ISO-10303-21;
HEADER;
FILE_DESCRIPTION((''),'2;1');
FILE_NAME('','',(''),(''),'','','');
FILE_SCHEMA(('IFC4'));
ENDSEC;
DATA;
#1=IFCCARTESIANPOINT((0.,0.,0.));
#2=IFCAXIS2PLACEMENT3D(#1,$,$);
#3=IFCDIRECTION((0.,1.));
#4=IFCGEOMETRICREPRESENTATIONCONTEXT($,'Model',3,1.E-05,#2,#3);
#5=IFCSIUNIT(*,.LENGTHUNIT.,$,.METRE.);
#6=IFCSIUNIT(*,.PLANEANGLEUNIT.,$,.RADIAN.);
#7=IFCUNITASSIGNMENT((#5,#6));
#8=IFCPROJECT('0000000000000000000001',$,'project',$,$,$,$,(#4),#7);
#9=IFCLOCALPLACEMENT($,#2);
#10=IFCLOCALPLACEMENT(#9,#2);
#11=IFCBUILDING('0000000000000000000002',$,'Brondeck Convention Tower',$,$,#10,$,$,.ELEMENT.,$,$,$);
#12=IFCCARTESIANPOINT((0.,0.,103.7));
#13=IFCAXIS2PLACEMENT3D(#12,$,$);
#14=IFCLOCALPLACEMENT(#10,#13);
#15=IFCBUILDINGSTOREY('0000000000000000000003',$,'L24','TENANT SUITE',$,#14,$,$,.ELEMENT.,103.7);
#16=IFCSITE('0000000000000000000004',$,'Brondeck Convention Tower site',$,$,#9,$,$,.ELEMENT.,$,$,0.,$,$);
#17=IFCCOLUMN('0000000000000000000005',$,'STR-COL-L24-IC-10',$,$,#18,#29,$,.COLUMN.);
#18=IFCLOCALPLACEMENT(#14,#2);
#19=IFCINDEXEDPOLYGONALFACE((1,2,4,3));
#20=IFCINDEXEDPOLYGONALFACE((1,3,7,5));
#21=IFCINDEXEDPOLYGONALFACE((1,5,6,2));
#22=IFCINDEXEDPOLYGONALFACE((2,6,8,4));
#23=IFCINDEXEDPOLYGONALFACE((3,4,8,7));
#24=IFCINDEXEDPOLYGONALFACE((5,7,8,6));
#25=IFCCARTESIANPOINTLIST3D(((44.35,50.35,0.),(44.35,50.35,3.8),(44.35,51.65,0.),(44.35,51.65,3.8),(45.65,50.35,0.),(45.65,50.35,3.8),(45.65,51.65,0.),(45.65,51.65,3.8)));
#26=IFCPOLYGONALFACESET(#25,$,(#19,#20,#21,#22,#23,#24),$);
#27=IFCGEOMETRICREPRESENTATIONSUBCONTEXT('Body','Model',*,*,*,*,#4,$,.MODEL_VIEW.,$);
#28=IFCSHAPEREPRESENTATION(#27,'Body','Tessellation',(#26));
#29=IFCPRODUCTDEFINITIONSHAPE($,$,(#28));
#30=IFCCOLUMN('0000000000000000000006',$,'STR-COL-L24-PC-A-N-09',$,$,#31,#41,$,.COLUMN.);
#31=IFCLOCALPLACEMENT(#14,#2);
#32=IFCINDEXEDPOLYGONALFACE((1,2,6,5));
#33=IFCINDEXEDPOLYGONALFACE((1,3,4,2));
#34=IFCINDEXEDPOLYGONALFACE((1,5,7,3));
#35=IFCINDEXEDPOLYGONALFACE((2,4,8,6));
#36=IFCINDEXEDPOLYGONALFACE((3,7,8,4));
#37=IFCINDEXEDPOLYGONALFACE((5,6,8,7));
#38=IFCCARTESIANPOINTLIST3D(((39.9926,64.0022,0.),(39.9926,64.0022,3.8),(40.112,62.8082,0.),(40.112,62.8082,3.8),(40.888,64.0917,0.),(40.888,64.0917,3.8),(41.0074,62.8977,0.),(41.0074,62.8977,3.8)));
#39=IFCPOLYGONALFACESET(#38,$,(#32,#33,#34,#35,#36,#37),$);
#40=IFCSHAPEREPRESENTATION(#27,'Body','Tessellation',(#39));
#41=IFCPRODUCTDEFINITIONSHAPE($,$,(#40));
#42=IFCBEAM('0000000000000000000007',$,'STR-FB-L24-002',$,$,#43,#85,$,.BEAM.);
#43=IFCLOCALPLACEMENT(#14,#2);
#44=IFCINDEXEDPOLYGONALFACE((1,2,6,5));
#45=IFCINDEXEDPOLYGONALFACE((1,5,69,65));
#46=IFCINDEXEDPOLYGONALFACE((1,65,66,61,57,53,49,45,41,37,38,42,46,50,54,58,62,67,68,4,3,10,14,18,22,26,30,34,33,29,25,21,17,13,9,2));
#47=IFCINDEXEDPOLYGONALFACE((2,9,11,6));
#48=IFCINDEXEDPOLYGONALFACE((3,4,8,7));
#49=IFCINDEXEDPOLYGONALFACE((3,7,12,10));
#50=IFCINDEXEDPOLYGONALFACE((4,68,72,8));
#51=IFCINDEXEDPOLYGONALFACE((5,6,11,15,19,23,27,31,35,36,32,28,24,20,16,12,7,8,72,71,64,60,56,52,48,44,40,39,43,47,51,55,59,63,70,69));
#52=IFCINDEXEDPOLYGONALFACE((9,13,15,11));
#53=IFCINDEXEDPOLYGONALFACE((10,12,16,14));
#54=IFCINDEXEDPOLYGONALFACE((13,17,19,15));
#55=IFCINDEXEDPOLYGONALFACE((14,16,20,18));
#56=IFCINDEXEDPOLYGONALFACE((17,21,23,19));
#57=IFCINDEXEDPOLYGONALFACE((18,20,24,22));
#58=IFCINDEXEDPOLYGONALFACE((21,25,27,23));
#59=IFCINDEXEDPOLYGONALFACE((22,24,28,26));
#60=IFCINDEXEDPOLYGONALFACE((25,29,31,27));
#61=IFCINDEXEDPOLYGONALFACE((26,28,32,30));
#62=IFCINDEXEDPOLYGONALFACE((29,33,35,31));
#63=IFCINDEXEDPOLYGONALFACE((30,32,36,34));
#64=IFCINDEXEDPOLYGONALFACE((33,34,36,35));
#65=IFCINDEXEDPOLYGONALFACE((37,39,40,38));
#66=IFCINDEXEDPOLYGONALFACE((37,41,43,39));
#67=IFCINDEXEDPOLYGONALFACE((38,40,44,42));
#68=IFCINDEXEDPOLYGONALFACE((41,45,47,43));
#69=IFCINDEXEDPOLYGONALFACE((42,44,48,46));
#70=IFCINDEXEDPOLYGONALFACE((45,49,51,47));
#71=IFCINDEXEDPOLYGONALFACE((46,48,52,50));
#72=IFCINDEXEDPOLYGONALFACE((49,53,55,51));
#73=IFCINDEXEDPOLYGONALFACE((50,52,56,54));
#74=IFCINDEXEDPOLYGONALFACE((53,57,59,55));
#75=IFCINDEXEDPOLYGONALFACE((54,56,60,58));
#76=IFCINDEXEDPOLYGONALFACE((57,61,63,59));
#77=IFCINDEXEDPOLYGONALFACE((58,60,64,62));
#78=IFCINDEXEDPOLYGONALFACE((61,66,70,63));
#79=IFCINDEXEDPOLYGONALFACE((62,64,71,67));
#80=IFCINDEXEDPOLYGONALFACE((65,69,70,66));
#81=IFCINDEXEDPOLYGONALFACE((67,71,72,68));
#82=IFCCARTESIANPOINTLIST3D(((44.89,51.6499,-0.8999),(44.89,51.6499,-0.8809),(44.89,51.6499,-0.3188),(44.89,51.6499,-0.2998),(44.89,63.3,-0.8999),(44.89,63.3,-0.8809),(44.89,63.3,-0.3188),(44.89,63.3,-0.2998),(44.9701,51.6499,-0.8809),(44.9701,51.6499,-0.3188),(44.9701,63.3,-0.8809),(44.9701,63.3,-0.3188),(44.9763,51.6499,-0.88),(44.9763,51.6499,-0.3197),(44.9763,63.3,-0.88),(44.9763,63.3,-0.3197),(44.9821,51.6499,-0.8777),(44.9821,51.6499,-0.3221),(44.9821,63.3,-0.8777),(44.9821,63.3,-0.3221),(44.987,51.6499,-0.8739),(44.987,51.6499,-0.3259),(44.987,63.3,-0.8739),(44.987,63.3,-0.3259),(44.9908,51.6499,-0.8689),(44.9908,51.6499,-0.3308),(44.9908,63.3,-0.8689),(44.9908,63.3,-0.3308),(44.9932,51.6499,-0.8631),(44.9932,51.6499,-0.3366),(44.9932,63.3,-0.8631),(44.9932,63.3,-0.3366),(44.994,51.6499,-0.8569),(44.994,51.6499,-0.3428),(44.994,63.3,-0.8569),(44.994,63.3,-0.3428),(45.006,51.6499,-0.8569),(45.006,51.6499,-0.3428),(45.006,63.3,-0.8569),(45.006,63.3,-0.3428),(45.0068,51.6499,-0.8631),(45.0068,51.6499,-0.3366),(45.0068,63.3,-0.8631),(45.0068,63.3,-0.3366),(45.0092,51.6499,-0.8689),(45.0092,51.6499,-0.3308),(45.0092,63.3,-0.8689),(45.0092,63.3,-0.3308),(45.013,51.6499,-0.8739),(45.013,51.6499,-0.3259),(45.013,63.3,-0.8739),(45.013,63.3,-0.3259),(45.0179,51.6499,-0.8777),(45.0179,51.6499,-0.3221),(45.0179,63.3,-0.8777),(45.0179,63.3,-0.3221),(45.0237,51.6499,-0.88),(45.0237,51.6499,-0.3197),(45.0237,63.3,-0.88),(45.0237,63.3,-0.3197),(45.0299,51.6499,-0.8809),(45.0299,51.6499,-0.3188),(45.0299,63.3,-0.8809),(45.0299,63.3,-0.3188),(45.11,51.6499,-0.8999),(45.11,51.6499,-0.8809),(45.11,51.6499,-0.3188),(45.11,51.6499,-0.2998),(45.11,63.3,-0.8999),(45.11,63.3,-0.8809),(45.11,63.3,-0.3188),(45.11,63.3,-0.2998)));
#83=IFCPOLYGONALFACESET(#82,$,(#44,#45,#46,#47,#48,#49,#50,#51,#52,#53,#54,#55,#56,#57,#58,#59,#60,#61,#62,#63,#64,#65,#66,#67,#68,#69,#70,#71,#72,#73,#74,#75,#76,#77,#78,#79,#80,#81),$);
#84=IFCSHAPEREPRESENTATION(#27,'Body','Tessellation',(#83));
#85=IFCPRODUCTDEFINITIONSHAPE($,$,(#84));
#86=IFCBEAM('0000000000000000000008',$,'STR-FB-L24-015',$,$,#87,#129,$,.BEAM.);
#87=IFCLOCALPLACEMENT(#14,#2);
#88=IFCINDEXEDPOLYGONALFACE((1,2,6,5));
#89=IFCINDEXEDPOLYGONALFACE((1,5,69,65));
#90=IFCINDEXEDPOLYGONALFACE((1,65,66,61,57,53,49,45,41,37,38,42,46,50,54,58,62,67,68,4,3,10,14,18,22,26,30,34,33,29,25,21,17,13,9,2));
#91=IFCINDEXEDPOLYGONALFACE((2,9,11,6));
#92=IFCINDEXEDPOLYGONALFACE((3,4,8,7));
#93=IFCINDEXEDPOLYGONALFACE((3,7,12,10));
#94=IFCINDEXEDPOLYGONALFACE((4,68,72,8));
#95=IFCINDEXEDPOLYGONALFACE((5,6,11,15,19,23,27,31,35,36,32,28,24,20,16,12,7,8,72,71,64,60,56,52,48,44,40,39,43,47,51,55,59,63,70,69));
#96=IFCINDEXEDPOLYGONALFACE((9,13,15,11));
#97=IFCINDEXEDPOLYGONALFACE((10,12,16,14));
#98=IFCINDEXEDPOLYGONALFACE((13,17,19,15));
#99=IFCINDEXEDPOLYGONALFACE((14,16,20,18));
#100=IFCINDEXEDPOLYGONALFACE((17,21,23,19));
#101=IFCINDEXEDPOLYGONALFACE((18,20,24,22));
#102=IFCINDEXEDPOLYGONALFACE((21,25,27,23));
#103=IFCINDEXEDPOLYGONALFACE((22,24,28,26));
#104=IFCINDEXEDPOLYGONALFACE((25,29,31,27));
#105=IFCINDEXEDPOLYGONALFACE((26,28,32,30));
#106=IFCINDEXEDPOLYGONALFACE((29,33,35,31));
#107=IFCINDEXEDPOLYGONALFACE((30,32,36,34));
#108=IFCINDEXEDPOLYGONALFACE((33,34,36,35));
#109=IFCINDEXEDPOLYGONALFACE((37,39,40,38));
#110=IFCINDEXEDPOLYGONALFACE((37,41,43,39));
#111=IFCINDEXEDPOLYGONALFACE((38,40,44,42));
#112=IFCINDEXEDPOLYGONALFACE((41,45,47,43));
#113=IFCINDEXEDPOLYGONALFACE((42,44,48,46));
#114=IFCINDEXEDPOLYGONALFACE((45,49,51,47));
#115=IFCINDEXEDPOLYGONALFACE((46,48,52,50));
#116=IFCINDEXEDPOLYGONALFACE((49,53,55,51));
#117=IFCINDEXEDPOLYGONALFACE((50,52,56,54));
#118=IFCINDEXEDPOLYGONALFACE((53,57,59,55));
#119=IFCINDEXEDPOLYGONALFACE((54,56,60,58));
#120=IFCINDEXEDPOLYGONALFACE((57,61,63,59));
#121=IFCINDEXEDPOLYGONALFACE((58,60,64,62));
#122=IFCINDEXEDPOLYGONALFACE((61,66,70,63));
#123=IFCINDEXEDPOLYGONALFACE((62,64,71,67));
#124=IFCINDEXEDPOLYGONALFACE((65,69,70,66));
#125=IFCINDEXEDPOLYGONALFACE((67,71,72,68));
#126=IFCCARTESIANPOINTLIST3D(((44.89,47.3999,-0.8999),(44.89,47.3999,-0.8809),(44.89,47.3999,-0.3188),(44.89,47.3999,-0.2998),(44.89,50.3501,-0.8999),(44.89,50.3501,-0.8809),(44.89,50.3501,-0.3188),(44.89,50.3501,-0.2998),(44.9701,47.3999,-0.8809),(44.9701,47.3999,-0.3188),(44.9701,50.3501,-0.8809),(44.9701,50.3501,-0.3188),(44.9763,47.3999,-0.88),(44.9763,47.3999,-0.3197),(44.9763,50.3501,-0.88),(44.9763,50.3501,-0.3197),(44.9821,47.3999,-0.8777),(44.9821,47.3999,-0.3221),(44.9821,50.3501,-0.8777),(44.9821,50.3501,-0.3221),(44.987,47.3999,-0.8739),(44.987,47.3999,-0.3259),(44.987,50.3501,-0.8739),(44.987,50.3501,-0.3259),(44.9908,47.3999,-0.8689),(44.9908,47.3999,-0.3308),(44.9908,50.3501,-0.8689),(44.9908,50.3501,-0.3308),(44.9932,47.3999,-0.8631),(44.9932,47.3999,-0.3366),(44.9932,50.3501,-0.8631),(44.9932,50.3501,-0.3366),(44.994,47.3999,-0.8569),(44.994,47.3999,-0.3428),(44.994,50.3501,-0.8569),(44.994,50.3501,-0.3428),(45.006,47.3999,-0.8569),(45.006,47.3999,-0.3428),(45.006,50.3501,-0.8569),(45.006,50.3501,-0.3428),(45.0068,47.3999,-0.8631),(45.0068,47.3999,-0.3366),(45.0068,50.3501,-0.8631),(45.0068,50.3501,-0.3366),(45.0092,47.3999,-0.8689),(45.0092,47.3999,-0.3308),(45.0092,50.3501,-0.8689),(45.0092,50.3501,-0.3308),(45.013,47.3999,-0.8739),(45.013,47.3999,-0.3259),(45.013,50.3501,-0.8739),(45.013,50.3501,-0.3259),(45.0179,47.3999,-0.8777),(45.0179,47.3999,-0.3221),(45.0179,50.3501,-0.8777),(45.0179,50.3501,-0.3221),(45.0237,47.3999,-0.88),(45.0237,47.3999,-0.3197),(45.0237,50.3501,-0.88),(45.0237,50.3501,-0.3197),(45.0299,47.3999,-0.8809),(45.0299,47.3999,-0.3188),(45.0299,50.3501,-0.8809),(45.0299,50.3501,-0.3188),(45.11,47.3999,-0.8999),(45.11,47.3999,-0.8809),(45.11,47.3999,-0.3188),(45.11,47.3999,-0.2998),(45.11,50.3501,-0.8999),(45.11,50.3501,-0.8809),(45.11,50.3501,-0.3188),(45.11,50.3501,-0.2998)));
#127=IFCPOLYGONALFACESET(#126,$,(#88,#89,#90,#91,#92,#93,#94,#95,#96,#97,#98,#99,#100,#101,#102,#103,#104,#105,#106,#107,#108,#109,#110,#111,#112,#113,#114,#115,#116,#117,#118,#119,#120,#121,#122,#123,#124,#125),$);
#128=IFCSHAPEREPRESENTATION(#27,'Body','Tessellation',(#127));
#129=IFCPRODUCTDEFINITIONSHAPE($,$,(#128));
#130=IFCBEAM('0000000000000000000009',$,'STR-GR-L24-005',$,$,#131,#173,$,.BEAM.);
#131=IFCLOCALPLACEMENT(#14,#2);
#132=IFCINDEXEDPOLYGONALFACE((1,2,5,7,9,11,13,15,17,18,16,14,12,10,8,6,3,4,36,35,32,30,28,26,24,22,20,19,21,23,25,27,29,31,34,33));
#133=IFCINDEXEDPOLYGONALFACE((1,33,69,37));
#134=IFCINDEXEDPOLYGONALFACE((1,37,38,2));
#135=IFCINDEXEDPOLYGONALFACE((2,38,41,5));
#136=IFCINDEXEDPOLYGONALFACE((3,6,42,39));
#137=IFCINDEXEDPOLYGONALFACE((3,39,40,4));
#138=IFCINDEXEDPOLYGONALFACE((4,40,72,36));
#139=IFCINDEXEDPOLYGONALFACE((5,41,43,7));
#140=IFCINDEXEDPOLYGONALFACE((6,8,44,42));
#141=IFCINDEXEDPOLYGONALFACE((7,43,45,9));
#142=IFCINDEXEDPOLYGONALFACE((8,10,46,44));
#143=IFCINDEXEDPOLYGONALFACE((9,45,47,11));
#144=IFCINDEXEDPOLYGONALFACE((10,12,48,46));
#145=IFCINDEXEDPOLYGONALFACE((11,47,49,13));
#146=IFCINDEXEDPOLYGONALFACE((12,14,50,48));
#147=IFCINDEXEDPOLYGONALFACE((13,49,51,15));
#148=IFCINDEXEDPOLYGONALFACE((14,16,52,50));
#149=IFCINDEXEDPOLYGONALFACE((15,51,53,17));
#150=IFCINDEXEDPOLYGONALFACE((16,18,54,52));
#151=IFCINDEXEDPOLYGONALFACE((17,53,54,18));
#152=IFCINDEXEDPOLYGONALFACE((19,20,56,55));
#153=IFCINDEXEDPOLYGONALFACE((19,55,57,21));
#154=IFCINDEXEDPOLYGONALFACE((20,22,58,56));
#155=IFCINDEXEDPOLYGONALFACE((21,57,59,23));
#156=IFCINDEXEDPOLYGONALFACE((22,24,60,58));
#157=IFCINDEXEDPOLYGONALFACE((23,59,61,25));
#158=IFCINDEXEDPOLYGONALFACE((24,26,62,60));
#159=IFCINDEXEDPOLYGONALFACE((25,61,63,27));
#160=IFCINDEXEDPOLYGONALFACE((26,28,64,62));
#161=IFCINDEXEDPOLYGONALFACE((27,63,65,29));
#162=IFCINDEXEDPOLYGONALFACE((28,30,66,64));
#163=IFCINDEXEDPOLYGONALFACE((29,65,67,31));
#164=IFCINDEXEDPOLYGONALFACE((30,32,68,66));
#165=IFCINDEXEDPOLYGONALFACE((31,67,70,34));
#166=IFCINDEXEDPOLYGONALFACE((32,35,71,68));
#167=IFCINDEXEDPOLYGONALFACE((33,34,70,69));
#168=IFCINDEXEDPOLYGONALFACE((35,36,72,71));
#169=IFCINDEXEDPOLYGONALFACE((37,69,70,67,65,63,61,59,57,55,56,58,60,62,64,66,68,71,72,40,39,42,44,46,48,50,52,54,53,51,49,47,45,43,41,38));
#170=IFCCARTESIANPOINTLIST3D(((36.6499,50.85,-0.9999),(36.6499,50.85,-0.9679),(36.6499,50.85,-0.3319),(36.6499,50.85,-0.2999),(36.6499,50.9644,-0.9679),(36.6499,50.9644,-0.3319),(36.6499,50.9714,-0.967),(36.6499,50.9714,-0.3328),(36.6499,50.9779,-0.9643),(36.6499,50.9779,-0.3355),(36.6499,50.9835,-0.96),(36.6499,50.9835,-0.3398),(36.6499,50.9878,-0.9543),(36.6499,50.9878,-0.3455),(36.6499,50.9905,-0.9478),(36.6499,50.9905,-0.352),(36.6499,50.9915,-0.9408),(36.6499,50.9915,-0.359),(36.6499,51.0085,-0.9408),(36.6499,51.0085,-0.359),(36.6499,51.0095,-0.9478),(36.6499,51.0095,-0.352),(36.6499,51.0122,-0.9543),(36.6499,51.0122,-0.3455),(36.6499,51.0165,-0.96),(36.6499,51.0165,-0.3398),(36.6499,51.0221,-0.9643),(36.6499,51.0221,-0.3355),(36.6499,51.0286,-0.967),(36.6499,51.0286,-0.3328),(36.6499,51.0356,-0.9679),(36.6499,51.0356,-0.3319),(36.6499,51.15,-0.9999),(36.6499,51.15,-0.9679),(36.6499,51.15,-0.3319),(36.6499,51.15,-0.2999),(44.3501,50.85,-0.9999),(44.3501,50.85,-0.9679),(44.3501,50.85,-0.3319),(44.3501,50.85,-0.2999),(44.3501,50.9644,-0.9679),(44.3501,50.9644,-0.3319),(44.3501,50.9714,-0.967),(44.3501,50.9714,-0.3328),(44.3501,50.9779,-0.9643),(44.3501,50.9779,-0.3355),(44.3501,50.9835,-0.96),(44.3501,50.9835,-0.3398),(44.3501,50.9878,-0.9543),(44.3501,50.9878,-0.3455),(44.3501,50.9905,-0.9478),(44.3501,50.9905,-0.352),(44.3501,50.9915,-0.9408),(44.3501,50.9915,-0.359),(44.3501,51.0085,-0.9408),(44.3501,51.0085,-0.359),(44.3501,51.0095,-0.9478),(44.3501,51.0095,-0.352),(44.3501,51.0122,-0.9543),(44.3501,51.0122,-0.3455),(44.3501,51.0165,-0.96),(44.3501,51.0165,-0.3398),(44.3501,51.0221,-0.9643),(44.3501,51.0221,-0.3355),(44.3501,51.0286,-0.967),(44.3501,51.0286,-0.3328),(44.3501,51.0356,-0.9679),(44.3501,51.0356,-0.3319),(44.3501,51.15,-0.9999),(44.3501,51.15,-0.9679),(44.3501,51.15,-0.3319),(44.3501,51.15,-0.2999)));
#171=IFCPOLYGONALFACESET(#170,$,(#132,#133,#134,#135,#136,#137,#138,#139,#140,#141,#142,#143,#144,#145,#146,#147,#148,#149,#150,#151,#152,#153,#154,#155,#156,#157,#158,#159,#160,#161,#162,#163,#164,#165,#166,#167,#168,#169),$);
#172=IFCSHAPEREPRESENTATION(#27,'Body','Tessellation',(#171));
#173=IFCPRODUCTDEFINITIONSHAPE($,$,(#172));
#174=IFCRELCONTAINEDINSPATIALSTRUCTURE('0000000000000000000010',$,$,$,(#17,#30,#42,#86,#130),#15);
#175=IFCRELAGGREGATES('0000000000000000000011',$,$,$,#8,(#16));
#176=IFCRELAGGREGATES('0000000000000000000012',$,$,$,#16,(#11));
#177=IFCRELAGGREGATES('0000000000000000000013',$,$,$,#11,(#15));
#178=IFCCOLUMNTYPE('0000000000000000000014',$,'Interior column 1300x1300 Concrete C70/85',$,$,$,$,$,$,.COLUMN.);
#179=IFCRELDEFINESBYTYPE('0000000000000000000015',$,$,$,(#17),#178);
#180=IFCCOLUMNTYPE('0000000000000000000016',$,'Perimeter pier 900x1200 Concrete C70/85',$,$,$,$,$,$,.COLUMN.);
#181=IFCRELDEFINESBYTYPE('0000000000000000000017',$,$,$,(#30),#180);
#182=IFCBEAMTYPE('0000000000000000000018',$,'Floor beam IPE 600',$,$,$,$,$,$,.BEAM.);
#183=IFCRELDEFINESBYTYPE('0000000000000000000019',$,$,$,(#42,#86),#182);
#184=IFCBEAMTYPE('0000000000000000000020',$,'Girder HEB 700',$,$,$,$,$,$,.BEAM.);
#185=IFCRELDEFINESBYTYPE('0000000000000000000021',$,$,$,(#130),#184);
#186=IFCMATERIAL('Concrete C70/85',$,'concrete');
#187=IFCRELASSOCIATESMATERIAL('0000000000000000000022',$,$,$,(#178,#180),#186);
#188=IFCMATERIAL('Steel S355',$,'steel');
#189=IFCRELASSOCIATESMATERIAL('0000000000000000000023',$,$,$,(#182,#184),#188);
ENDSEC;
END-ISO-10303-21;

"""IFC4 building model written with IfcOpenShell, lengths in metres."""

from ifc_helpers import new_model, si_unit, direction, frame, origin, origin_2d, place, context, subcontext, project, spatial, rectangle, i_section, extrude, material, material_profile, profile_set, type_object, element, save


model = new_model("IFC4")

# Units and contexts
model_context = context("Model", 3, precision=1e-05, world=origin(), true_north=direction((0.0, 1.0)))
body_context = subcontext(model_context, "Body", "Model", "MODEL_VIEW")
ifc_project = project(units=[si_unit("LENGTHUNIT", "METRE"), si_unit("PLANEANGLEUNIT", "RADIAN")], contexts=[model_context])

# Site, building, storey
site_placement = place(None, origin())
site = spatial("IfcSite", under=ifc_project, at=site_placement, Name="Brondeck Convention Tower site", CompositionType="ELEMENT", RefElevation=0.0)
building_placement = place(site_placement, origin())
building = spatial("IfcBuilding", under=site, at=building_placement, Name="Brondeck Convention Tower", CompositionType="ELEMENT")
storey_placement = place(building_placement, frame((0.0, 0.0, 103.7)))
storey = spatial("IfcBuildingStorey", under=building, at=storey_placement, Name="L24", Description="TENANT SUITE", CompositionType="ELEMENT", Elevation=103.7)

# Columns
ifc_material_1 = material(Name="Concrete C70/85", Category="concrete")
ifc_material_profile_1 = material_profile(ifc_material_1, rectangle(XDim=1.3, YDim=1.3, at=origin_2d()), Name="Interior column 1300x1300 Concrete C70/85")
ifc_profile_set_1 = profile_set([ifc_material_profile_1], Name="Concrete C70/85")
column_type_1 = type_object("IfcColumnType", Name="Interior column 1300x1300 Concrete C70/85", PredefinedType="COLUMN", material=ifc_profile_set_1)
column_1_placement = place(storey_placement, frame((45.0, 51.0, 0.0), z_axis=(0.0, 0.0, 1.0), x_axis=(1.0, 0.0, 0.0)))
element("IfcColumn", 1, at=column_1_placement, inside=storey, type_object=column_type_1, Name="STR-COL-L24-IC-10", PredefinedType="COLUMN", context=body_context, shape_type="SweptSolid", body=[
    extrude(rectangle(XDim=1.3, YDim=1.3, at=origin_2d()), origin(), (0.0, 0.0, 1.0), 3.8),
])
ifc_material_profile_2 = material_profile(ifc_material_1, rectangle(XDim=0.8999, YDim=1.2, at=origin_2d()), Name="Perimeter pier 900x1200 Concrete C70/85")
ifc_profile_set_2 = profile_set([ifc_material_profile_2], Name="Concrete C70/85")
column_type_2 = type_object("IfcColumnType", Name="Perimeter pier 900x1200 Concrete C70/85", PredefinedType="COLUMN", material=ifc_profile_set_2)
column_2_placement = place(storey_placement, frame((40.5, 63.45, 0.0), z_axis=(0.0, 0.0, 1.0), x_axis=(-0.995037, -0.099504, 0.0)))
element("IfcColumn", 2, at=column_2_placement, inside=storey, type_object=column_type_2, Name="STR-COL-L24-PC-A-N-09", PredefinedType="COLUMN", context=body_context, shape_type="SweptSolid", body=[
    extrude(rectangle(XDim=0.8999, YDim=1.2, at=origin_2d()), origin(), (0.0, 0.0, 1.0), 3.8),
])

# Beams
ifc_material_2 = material(Name="Steel S355", Category="steel")
ifc_material_profile_3 = material_profile(ifc_material_2, i_section(OverallWidth=0.22, OverallDepth=0.6001, WebThickness=0.012, FlangeThickness=0.019, FilletRadius=0.0239, at=origin_2d()), Name="IPE 600")
ifc_profile_set_3 = profile_set([ifc_material_profile_3], Name="Steel S355")
beam_type_1 = type_object("IfcBeamType", Name="Floor beam IPE 600", PredefinedType="BEAM", material=ifc_profile_set_3)
beam_1_placement = place(storey_placement, frame((45.0, 51.6499, -0.5999), z_axis=(0.0, 1.0, 0.0), x_axis=(-1.0, 0.0, 0.0)))
element("IfcBeam", 3, at=beam_1_placement, inside=storey, type_object=beam_type_1, Name="STR-FB-L24-002", PredefinedType="BEAM", context=body_context, shape_type="SweptSolid", body=[
    extrude(i_section(OverallWidth=0.22, OverallDepth=0.6001, WebThickness=0.012, FlangeThickness=0.019, FilletRadius=0.0239, at=origin_2d()), origin(), (0.0, 0.0, 1.0), 11.6501),
])
beam_2_placement = place(storey_placement, frame((45.0, 47.3999, -0.5999), z_axis=(0.0, 1.0, 0.0), x_axis=(-1.0, 0.0, 0.0)))
element("IfcBeam", 4, at=beam_2_placement, inside=storey, type_object=beam_type_1, Name="STR-FB-L24-015", PredefinedType="BEAM", context=body_context, shape_type="SweptSolid", body=[
    extrude(i_section(OverallWidth=0.22, OverallDepth=0.6001, WebThickness=0.012, FlangeThickness=0.019, FilletRadius=0.0239, at=origin_2d()), origin(), (0.0, 0.0, 1.0), 2.9502),
])
ifc_material_profile_4 = material_profile(ifc_material_2, i_section(OverallWidth=0.3, OverallDepth=0.7, WebThickness=0.0171, FlangeThickness=0.032, FilletRadius=0.0271, at=origin_2d()), Name="HEB 700")
ifc_profile_set_4 = profile_set([ifc_material_profile_4], Name="Steel S355")
beam_type_2 = type_object("IfcBeamType", Name="Girder HEB 700", PredefinedType="BEAM", material=ifc_profile_set_4)
beam_3_placement = place(storey_placement, frame((36.6499, 51.0, -0.6499), z_axis=(1.0, 0.0, 0.0), x_axis=(0.0, 1.0, 0.0)))
element("IfcBeam", 5, at=beam_3_placement, inside=storey, type_object=beam_type_2, Name="STR-GR-L24-005", PredefinedType="BEAM", context=body_context, shape_type="SweptSolid", body=[
    extrude(i_section(OverallWidth=0.3, OverallDepth=0.7, WebThickness=0.0171, FlangeThickness=0.032, FilletRadius=0.0271, at=origin_2d()), origin(), (0.0, 0.0, 1.0), 7.7002),
])

save(model, "model.ifc")
